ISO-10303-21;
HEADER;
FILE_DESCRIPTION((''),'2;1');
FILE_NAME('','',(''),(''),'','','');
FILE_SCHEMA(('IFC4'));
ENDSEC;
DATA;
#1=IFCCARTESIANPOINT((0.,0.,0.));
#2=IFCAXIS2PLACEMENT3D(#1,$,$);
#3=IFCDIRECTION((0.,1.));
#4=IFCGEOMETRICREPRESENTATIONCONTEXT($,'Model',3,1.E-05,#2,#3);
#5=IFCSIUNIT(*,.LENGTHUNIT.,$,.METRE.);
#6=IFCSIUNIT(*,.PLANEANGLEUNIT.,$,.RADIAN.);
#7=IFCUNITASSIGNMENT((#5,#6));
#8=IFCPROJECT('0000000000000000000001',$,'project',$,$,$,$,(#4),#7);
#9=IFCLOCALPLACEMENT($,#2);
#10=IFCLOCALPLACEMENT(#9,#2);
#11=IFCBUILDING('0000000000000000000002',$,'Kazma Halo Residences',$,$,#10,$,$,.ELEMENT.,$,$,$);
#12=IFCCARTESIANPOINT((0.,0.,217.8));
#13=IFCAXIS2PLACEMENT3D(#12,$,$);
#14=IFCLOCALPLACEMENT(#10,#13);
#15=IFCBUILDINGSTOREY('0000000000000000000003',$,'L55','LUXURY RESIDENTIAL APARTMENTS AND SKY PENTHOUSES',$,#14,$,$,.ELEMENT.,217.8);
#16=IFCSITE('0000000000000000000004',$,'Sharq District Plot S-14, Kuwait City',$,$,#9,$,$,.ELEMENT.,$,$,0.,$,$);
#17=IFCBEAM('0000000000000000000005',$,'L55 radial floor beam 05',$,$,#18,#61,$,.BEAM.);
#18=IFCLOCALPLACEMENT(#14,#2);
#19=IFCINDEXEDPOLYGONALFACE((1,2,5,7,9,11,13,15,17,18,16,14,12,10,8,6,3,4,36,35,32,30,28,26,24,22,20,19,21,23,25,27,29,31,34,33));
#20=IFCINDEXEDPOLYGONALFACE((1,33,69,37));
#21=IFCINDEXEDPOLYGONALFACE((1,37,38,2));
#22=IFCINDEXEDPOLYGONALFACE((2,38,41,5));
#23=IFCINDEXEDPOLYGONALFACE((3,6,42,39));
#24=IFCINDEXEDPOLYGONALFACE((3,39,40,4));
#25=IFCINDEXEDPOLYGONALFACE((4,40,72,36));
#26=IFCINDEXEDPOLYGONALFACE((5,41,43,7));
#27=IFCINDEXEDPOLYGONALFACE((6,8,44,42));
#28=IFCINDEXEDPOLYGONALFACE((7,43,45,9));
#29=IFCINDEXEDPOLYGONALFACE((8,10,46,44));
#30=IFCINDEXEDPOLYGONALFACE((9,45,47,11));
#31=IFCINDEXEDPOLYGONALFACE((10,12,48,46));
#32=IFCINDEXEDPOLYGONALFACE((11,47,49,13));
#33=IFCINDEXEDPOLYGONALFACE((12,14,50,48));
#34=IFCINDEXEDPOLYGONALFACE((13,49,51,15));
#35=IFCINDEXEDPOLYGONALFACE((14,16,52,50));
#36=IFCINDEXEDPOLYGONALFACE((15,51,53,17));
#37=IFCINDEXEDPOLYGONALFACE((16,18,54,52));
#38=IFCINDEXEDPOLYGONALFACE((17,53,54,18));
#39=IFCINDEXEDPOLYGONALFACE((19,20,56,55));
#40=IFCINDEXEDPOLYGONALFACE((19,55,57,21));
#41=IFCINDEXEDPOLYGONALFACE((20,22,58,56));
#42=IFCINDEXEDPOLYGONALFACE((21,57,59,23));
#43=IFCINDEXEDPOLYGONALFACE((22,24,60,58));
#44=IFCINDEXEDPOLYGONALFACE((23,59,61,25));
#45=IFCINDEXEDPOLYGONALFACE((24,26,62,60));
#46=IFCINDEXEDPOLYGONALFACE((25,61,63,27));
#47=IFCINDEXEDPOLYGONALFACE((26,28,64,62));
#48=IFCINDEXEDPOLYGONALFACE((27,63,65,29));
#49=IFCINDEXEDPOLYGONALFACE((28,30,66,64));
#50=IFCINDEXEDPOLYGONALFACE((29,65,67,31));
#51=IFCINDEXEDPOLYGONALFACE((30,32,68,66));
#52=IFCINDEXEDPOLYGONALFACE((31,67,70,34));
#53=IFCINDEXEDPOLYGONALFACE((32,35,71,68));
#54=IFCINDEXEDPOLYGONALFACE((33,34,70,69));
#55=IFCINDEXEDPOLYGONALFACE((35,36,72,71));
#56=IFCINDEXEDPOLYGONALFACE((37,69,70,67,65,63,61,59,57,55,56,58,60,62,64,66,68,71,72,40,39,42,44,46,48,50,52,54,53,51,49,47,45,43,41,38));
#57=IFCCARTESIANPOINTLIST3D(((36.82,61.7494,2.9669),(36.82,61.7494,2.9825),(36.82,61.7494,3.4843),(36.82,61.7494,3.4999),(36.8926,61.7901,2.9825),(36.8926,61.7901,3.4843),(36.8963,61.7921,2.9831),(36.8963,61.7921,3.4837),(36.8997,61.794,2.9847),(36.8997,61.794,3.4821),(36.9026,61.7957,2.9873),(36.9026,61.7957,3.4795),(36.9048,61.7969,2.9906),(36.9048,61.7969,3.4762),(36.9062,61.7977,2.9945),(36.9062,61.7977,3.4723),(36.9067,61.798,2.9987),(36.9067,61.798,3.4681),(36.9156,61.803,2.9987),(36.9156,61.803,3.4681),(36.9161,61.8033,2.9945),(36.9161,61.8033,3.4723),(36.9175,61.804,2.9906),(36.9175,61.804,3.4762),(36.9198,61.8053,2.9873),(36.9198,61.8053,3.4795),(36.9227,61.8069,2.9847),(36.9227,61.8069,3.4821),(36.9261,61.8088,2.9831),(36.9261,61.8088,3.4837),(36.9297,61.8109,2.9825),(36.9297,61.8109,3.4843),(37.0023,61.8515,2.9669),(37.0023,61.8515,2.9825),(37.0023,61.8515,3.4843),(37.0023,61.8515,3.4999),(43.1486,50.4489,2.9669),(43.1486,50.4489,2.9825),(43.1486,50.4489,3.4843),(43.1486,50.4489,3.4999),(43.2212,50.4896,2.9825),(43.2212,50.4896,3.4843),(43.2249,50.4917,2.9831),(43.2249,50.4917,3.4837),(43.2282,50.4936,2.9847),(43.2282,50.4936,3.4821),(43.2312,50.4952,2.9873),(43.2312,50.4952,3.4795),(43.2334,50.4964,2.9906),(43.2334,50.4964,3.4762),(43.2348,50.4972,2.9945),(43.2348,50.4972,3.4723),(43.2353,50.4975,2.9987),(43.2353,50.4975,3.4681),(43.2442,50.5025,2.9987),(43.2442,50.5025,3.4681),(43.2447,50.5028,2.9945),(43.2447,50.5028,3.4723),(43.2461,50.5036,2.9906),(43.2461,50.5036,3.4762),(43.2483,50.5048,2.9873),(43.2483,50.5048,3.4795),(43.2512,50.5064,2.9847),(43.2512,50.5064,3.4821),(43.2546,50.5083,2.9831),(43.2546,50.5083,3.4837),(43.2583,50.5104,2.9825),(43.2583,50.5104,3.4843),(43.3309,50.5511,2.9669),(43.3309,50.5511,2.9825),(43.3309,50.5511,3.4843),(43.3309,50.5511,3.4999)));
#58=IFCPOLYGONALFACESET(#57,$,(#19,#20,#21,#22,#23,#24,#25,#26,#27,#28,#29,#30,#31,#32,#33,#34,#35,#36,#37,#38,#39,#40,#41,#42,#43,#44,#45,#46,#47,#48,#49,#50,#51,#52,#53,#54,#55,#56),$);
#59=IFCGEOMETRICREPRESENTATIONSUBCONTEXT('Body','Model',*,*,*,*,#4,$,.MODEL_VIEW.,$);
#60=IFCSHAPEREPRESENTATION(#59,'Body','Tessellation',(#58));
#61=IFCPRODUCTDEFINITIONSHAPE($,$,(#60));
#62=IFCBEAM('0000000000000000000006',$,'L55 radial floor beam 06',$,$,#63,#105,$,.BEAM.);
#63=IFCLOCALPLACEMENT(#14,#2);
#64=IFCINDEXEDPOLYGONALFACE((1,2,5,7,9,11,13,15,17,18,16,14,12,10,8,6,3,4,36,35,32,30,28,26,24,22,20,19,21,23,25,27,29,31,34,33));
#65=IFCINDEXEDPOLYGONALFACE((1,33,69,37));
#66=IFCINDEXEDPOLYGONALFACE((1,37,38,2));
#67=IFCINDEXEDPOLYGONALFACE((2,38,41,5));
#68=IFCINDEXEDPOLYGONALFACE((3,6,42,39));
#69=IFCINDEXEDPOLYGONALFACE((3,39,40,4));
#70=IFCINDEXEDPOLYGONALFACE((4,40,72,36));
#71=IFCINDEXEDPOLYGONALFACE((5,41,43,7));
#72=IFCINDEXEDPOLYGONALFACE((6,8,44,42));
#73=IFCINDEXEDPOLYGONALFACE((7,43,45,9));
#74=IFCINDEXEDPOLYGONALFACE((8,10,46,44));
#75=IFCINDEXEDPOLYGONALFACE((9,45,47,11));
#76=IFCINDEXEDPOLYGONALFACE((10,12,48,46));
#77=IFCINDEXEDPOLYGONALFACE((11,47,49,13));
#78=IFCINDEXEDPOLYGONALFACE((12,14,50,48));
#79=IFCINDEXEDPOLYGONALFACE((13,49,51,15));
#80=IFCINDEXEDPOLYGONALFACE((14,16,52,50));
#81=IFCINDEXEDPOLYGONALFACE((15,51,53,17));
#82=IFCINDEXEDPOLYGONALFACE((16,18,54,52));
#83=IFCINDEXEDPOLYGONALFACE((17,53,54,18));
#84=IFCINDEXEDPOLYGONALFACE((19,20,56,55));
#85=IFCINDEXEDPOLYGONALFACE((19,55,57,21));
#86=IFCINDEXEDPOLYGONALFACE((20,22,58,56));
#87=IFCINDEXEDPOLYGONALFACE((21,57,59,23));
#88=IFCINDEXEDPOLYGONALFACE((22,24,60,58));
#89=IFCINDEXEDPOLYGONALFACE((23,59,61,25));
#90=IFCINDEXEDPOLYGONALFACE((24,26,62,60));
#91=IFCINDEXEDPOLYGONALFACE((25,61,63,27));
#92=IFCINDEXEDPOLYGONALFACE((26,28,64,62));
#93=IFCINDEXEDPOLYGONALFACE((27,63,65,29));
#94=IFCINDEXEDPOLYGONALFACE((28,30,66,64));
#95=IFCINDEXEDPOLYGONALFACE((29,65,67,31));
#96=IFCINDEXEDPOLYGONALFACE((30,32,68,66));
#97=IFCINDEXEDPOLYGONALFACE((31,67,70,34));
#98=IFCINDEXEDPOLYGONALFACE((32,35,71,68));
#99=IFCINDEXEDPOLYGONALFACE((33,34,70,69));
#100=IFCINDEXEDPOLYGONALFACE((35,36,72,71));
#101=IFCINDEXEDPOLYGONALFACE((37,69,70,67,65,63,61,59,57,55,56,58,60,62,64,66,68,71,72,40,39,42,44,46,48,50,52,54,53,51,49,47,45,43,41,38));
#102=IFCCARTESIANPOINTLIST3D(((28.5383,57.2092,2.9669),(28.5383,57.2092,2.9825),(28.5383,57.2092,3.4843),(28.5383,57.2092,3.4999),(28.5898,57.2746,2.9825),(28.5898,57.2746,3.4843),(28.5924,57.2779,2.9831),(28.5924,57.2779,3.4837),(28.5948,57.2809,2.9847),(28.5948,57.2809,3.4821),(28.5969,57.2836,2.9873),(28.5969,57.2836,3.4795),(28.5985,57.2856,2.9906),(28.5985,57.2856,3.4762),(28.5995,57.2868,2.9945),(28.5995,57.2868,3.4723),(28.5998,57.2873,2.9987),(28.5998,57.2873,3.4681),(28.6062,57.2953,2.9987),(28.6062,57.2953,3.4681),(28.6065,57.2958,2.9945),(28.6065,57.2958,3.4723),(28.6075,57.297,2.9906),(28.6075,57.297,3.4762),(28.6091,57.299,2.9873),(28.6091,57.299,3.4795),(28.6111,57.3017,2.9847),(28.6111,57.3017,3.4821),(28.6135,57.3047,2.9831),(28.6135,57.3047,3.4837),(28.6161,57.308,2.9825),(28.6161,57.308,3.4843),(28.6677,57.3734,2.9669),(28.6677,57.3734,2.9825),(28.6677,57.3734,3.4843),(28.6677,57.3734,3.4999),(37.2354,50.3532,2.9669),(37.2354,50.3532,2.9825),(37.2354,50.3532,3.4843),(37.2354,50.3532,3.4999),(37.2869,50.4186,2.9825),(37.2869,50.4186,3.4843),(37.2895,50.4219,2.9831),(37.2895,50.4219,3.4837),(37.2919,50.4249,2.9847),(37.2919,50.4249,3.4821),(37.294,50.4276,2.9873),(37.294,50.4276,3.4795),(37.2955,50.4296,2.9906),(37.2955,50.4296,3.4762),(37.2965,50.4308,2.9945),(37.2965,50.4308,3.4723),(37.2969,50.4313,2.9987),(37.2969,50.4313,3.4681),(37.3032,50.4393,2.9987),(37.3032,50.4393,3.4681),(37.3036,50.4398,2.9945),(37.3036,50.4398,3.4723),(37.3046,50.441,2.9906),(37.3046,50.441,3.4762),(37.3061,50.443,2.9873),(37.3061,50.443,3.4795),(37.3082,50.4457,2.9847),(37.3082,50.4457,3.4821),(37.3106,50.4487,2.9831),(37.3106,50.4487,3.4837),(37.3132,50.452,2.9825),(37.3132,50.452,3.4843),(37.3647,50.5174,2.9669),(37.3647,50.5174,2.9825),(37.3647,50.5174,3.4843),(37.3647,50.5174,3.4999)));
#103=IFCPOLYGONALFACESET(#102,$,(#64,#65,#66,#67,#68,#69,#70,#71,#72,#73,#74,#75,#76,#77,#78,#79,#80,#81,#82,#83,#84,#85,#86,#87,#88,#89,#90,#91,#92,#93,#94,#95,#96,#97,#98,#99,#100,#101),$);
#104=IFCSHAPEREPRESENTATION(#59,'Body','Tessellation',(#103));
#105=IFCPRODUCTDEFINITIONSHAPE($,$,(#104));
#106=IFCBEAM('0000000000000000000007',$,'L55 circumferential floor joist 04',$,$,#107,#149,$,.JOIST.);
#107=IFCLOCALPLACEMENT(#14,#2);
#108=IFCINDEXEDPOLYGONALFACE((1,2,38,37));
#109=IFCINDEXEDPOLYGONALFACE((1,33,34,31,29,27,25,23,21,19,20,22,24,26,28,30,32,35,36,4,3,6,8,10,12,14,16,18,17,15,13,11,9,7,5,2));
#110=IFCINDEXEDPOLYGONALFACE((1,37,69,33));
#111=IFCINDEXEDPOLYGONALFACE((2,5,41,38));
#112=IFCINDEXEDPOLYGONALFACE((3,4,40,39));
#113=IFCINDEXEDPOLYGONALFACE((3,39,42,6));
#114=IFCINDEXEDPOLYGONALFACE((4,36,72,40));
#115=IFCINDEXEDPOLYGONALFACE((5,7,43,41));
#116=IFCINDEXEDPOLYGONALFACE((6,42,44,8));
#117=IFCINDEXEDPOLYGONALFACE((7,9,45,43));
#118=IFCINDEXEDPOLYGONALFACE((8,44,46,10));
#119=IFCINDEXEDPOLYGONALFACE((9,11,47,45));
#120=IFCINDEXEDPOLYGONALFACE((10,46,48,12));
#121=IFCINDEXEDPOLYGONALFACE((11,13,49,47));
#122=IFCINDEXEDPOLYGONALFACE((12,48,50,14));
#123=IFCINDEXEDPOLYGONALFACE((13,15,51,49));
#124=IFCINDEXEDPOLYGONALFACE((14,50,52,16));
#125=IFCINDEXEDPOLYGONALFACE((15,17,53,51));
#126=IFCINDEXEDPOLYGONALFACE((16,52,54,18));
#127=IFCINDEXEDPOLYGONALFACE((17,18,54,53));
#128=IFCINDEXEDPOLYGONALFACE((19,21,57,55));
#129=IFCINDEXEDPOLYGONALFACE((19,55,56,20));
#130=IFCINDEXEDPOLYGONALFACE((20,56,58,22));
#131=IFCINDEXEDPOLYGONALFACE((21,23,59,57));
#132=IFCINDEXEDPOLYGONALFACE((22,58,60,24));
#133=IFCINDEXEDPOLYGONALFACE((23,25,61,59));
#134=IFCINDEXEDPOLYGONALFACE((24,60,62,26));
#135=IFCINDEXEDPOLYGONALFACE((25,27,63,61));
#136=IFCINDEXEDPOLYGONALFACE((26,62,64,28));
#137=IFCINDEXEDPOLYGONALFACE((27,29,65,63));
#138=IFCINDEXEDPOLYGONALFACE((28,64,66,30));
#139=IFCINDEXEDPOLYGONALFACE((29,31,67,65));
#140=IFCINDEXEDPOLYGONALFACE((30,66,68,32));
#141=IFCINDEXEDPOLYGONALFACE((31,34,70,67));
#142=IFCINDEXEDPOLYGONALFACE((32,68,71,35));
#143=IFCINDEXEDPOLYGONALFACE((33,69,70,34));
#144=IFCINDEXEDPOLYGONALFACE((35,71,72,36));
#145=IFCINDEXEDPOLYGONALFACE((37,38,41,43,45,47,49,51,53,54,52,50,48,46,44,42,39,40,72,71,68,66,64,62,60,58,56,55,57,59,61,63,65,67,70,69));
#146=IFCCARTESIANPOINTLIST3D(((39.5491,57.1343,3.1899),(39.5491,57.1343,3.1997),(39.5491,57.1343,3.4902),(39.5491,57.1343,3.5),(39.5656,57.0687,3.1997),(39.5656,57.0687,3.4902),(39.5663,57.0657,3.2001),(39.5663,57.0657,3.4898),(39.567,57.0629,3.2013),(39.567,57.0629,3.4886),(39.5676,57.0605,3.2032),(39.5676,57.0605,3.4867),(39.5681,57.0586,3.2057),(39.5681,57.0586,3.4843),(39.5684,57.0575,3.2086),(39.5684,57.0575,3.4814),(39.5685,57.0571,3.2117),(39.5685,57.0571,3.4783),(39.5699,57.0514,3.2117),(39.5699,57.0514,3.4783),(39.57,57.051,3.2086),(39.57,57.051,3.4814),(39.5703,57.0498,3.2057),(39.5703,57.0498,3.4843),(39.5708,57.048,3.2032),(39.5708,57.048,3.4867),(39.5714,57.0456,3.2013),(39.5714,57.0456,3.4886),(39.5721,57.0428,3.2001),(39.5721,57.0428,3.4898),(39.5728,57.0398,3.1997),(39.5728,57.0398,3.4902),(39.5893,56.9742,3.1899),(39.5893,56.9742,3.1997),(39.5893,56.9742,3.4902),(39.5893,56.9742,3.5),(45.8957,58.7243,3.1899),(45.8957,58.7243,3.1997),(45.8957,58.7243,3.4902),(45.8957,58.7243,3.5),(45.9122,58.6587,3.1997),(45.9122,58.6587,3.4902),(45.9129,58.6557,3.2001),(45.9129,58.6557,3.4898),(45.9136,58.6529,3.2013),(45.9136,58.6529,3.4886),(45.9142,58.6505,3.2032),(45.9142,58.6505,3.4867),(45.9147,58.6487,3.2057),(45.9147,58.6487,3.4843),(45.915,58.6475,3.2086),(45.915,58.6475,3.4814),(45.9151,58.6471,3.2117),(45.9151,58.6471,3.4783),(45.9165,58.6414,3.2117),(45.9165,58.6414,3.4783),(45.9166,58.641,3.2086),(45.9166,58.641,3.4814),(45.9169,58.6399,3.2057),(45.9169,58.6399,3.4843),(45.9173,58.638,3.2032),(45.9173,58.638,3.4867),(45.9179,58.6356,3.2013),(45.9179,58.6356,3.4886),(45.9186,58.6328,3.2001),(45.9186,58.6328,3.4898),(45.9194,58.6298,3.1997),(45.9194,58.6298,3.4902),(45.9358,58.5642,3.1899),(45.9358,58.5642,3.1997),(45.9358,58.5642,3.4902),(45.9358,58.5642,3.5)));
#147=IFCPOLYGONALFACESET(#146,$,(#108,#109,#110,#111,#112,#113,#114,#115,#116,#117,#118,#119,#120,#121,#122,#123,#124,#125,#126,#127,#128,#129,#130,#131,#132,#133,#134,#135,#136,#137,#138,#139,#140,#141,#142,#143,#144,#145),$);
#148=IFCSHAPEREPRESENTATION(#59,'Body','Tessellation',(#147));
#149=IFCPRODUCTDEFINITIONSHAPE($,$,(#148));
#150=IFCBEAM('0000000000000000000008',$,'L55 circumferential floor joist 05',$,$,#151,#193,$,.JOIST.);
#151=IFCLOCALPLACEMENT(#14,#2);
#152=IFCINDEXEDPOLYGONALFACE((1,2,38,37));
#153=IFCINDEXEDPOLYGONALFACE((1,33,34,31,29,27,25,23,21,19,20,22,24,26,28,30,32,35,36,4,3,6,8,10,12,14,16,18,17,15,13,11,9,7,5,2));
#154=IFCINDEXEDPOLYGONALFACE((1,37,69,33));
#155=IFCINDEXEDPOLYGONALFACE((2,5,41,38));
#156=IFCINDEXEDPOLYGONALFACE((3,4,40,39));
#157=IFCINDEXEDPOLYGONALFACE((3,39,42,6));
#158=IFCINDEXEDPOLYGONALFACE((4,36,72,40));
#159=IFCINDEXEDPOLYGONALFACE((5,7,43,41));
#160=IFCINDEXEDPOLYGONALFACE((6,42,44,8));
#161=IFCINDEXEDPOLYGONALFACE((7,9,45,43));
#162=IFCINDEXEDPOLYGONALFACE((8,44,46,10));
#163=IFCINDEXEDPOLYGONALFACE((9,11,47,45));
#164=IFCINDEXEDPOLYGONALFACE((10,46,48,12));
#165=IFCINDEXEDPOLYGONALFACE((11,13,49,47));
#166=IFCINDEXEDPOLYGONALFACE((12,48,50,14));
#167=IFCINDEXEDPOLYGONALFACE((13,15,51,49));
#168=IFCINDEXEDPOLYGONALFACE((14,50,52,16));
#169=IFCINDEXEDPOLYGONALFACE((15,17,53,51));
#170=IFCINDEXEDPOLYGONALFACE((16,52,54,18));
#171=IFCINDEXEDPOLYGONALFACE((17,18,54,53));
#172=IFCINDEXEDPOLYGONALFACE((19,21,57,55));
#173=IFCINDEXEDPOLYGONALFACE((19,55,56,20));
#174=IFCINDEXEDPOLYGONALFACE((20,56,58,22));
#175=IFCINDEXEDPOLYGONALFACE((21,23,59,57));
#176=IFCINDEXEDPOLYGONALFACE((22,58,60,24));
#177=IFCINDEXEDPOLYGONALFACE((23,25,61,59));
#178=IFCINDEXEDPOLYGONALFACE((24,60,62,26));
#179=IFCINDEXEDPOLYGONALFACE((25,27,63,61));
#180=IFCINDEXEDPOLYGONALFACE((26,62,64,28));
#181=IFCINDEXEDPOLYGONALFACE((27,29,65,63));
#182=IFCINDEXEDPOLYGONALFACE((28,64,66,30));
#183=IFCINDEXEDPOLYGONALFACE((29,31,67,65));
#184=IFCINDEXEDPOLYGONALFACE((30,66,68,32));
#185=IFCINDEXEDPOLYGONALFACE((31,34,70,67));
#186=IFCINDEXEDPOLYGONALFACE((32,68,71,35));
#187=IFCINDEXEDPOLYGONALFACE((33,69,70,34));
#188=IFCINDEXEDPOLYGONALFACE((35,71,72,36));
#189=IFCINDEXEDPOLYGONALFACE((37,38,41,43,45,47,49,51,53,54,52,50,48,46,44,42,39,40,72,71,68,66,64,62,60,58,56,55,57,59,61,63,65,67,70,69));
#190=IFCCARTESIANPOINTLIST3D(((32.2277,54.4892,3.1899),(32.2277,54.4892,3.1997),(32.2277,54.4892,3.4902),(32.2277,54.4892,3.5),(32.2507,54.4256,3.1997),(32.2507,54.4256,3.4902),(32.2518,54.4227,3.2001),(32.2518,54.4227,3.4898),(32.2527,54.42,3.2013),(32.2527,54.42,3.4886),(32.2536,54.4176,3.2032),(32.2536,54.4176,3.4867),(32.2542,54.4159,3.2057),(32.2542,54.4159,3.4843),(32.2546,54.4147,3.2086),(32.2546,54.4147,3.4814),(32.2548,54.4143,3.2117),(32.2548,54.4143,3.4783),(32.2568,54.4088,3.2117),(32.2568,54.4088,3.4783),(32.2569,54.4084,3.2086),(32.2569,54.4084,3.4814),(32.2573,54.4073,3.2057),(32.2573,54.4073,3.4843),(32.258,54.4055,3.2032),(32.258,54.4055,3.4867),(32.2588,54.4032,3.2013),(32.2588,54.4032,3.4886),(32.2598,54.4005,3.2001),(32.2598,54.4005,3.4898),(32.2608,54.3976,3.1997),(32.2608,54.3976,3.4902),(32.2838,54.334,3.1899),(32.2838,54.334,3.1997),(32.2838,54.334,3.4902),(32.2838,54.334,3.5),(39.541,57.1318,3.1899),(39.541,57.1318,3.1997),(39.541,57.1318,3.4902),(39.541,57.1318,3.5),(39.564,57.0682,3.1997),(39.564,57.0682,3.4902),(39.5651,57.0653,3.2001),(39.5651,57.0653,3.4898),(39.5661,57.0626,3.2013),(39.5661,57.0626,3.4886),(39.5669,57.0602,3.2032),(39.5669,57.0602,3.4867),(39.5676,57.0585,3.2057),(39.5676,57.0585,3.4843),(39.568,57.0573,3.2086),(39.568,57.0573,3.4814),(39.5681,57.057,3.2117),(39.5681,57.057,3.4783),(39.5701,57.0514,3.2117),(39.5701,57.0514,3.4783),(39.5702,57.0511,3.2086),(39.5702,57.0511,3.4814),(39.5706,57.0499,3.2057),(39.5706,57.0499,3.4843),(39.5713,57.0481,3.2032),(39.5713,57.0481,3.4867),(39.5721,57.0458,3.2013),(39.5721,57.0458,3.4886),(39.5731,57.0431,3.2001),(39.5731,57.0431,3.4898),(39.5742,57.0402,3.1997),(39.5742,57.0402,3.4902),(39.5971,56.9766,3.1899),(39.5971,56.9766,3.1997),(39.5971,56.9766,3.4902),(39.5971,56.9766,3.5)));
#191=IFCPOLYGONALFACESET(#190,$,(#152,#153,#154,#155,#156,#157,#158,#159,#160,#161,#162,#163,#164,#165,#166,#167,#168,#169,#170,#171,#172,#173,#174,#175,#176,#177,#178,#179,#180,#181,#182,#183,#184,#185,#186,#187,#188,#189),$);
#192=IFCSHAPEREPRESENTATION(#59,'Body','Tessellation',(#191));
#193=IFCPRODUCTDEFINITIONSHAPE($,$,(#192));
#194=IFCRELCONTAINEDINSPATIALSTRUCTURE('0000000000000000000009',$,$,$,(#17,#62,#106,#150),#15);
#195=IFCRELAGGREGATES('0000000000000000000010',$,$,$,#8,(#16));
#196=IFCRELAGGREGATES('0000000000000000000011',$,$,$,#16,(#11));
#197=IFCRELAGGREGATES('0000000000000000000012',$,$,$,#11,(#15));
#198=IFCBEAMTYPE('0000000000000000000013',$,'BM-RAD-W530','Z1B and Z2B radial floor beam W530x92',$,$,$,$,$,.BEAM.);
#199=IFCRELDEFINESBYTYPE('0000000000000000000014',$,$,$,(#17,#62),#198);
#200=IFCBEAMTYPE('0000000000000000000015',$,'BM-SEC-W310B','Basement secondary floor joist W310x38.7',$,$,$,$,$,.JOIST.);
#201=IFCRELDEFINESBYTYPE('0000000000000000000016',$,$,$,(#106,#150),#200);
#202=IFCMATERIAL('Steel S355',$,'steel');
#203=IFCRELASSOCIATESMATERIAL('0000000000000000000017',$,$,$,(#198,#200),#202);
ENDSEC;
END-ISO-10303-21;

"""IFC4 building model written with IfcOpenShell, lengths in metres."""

from ifc_helpers import new_model, si_unit, direction, frame, origin, origin_2d, place, context, subcontext, project, spatial, i_section, extrude, material, material_profile, profile_set, type_object, element, save


model = new_model("IFC4")

# Units and contexts
model_context = context("Model", 3, precision=1e-05, world=origin(), true_north=direction((0.0, 1.0)))
body_context = subcontext(model_context, "Body", "Model", "MODEL_VIEW")
ifc_project = project(units=[si_unit("LENGTHUNIT", "METRE"), si_unit("PLANEANGLEUNIT", "RADIAN")], contexts=[model_context])

# Site, building, storey
site_placement = place(None, origin())
site = spatial("IfcSite", under=ifc_project, at=site_placement, Name="Sharq District Plot S-14, Kuwait City", CompositionType="ELEMENT", RefElevation=0.0)
building_placement = place(site_placement, origin())
building = spatial("IfcBuilding", under=site, at=building_placement, Name="Kazma Halo Residences", CompositionType="ELEMENT")
storey_placement = place(building_placement, frame((0.0, 0.0, 217.8)))
storey = spatial("IfcBuildingStorey", under=building, at=storey_placement, Name="L55", Description="LUXURY RESIDENTIAL APARTMENTS AND SKY PENTHOUSES", CompositionType="ELEMENT", Elevation=217.8)

# Beams
ifc_material_1 = material(Name="Steel S355", Category="steel")
ifc_material_profile_1 = material_profile(ifc_material_1, i_section(OverallWidth=0.209, OverallDepth=0.533, WebThickness=0.0103, FlangeThickness=0.0156, FilletRadius=0.0161, at=origin_2d()), Name="W530x92")
ifc_profile_set_1 = profile_set([ifc_material_profile_1], Name="Steel S355")
beam_type_1 = type_object("IfcBeamType", Name="BM-RAD-W530", Description="Z1B and Z2B radial floor beam W530x92", PredefinedType="BEAM", material=ifc_profile_set_1)
beam_1_placement = place(storey_placement, frame((43.2397, 50.5, 3.2334), z_axis=(-0.488622, 0.872496, 0.0), x_axis=(-0.872496, -0.488622, 0.0)))
element("IfcBeam", 1, at=beam_1_placement, inside=storey, type_object=beam_type_1, Name="L55 radial floor beam 05", PredefinedType="BEAM", context=body_context, shape_type="SweptSolid", body=[
    extrude(i_section(OverallWidth=0.209, OverallDepth=0.533, WebThickness=0.0103, FlangeThickness=0.0156, FilletRadius=0.0161, at=origin_2d()), origin(), (0.0, 0.0, 1.0), 12.9519),
])
beam_2_placement = place(storey_placement, frame((37.3, 50.4353, 3.2334), z_axis=(-0.785327, 0.619082, 0.0), x_axis=(-0.619082, -0.785327, 0.0)))
element("IfcBeam", 2, at=beam_2_placement, inside=storey, type_object=beam_type_1, Name="L55 radial floor beam 06", PredefinedType="BEAM", context=body_context, shape_type="SweptSolid", body=[
    extrude(i_section(OverallWidth=0.209, OverallDepth=0.533, WebThickness=0.0103, FlangeThickness=0.0156, FilletRadius=0.0161, at=origin_2d()), origin(), (0.0, 0.0, 1.0), 11.0745),
])
ifc_material_profile_2 = material_profile(ifc_material_1, i_section(OverallWidth=0.165, OverallDepth=0.3101, WebThickness=0.0059, FlangeThickness=0.0098, FilletRadius=0.012, at=origin_2d()), Name="W310x38.7")
ifc_profile_set_2 = profile_set([ifc_material_profile_2], Name="Steel S355")
beam_type_2 = type_object("IfcBeamType", Name="BM-SEC-W310B", Description="Basement secondary floor joist W310x38.7", PredefinedType="JOIST", material=ifc_profile_set_2)
beam_3_placement = place(storey_placement, frame((45.9158, 58.6443, 3.345), z_axis=(-0.970019, -0.243027, 0.0), x_axis=(0.243027, -0.970019, 0.0)))
element("IfcBeam", 3, at=beam_3_placement, inside=storey, type_object=beam_type_2, Name="L55 circumferential floor joist 04", PredefinedType="JOIST", context=body_context, shape_type="SweptSolid", body=[
    extrude(i_section(OverallWidth=0.165, OverallDepth=0.3101, WebThickness=0.0059, FlangeThickness=0.0098, FilletRadius=0.012, at=origin_2d()), origin(), (0.0, 0.0, 1.0), 6.5427),
])
beam_4_placement = place(storey_placement, frame((39.5691, 57.0542, 3.345), z_axis=(-0.940485, -0.339837, 0.0), x_axis=(0.339837, -0.940485, 0.0)))
element("IfcBeam", 4, at=beam_4_placement, inside=storey, type_object=beam_type_2, Name="L55 circumferential floor joist 05", PredefinedType="JOIST", context=body_context, shape_type="SweptSolid", body=[
    extrude(i_section(OverallWidth=0.165, OverallDepth=0.3101, WebThickness=0.0059, FlangeThickness=0.0098, FilletRadius=0.012, at=origin_2d()), origin(), (0.0, 0.0, 1.0), 7.7761),
])

save(model, "model.ifc")
